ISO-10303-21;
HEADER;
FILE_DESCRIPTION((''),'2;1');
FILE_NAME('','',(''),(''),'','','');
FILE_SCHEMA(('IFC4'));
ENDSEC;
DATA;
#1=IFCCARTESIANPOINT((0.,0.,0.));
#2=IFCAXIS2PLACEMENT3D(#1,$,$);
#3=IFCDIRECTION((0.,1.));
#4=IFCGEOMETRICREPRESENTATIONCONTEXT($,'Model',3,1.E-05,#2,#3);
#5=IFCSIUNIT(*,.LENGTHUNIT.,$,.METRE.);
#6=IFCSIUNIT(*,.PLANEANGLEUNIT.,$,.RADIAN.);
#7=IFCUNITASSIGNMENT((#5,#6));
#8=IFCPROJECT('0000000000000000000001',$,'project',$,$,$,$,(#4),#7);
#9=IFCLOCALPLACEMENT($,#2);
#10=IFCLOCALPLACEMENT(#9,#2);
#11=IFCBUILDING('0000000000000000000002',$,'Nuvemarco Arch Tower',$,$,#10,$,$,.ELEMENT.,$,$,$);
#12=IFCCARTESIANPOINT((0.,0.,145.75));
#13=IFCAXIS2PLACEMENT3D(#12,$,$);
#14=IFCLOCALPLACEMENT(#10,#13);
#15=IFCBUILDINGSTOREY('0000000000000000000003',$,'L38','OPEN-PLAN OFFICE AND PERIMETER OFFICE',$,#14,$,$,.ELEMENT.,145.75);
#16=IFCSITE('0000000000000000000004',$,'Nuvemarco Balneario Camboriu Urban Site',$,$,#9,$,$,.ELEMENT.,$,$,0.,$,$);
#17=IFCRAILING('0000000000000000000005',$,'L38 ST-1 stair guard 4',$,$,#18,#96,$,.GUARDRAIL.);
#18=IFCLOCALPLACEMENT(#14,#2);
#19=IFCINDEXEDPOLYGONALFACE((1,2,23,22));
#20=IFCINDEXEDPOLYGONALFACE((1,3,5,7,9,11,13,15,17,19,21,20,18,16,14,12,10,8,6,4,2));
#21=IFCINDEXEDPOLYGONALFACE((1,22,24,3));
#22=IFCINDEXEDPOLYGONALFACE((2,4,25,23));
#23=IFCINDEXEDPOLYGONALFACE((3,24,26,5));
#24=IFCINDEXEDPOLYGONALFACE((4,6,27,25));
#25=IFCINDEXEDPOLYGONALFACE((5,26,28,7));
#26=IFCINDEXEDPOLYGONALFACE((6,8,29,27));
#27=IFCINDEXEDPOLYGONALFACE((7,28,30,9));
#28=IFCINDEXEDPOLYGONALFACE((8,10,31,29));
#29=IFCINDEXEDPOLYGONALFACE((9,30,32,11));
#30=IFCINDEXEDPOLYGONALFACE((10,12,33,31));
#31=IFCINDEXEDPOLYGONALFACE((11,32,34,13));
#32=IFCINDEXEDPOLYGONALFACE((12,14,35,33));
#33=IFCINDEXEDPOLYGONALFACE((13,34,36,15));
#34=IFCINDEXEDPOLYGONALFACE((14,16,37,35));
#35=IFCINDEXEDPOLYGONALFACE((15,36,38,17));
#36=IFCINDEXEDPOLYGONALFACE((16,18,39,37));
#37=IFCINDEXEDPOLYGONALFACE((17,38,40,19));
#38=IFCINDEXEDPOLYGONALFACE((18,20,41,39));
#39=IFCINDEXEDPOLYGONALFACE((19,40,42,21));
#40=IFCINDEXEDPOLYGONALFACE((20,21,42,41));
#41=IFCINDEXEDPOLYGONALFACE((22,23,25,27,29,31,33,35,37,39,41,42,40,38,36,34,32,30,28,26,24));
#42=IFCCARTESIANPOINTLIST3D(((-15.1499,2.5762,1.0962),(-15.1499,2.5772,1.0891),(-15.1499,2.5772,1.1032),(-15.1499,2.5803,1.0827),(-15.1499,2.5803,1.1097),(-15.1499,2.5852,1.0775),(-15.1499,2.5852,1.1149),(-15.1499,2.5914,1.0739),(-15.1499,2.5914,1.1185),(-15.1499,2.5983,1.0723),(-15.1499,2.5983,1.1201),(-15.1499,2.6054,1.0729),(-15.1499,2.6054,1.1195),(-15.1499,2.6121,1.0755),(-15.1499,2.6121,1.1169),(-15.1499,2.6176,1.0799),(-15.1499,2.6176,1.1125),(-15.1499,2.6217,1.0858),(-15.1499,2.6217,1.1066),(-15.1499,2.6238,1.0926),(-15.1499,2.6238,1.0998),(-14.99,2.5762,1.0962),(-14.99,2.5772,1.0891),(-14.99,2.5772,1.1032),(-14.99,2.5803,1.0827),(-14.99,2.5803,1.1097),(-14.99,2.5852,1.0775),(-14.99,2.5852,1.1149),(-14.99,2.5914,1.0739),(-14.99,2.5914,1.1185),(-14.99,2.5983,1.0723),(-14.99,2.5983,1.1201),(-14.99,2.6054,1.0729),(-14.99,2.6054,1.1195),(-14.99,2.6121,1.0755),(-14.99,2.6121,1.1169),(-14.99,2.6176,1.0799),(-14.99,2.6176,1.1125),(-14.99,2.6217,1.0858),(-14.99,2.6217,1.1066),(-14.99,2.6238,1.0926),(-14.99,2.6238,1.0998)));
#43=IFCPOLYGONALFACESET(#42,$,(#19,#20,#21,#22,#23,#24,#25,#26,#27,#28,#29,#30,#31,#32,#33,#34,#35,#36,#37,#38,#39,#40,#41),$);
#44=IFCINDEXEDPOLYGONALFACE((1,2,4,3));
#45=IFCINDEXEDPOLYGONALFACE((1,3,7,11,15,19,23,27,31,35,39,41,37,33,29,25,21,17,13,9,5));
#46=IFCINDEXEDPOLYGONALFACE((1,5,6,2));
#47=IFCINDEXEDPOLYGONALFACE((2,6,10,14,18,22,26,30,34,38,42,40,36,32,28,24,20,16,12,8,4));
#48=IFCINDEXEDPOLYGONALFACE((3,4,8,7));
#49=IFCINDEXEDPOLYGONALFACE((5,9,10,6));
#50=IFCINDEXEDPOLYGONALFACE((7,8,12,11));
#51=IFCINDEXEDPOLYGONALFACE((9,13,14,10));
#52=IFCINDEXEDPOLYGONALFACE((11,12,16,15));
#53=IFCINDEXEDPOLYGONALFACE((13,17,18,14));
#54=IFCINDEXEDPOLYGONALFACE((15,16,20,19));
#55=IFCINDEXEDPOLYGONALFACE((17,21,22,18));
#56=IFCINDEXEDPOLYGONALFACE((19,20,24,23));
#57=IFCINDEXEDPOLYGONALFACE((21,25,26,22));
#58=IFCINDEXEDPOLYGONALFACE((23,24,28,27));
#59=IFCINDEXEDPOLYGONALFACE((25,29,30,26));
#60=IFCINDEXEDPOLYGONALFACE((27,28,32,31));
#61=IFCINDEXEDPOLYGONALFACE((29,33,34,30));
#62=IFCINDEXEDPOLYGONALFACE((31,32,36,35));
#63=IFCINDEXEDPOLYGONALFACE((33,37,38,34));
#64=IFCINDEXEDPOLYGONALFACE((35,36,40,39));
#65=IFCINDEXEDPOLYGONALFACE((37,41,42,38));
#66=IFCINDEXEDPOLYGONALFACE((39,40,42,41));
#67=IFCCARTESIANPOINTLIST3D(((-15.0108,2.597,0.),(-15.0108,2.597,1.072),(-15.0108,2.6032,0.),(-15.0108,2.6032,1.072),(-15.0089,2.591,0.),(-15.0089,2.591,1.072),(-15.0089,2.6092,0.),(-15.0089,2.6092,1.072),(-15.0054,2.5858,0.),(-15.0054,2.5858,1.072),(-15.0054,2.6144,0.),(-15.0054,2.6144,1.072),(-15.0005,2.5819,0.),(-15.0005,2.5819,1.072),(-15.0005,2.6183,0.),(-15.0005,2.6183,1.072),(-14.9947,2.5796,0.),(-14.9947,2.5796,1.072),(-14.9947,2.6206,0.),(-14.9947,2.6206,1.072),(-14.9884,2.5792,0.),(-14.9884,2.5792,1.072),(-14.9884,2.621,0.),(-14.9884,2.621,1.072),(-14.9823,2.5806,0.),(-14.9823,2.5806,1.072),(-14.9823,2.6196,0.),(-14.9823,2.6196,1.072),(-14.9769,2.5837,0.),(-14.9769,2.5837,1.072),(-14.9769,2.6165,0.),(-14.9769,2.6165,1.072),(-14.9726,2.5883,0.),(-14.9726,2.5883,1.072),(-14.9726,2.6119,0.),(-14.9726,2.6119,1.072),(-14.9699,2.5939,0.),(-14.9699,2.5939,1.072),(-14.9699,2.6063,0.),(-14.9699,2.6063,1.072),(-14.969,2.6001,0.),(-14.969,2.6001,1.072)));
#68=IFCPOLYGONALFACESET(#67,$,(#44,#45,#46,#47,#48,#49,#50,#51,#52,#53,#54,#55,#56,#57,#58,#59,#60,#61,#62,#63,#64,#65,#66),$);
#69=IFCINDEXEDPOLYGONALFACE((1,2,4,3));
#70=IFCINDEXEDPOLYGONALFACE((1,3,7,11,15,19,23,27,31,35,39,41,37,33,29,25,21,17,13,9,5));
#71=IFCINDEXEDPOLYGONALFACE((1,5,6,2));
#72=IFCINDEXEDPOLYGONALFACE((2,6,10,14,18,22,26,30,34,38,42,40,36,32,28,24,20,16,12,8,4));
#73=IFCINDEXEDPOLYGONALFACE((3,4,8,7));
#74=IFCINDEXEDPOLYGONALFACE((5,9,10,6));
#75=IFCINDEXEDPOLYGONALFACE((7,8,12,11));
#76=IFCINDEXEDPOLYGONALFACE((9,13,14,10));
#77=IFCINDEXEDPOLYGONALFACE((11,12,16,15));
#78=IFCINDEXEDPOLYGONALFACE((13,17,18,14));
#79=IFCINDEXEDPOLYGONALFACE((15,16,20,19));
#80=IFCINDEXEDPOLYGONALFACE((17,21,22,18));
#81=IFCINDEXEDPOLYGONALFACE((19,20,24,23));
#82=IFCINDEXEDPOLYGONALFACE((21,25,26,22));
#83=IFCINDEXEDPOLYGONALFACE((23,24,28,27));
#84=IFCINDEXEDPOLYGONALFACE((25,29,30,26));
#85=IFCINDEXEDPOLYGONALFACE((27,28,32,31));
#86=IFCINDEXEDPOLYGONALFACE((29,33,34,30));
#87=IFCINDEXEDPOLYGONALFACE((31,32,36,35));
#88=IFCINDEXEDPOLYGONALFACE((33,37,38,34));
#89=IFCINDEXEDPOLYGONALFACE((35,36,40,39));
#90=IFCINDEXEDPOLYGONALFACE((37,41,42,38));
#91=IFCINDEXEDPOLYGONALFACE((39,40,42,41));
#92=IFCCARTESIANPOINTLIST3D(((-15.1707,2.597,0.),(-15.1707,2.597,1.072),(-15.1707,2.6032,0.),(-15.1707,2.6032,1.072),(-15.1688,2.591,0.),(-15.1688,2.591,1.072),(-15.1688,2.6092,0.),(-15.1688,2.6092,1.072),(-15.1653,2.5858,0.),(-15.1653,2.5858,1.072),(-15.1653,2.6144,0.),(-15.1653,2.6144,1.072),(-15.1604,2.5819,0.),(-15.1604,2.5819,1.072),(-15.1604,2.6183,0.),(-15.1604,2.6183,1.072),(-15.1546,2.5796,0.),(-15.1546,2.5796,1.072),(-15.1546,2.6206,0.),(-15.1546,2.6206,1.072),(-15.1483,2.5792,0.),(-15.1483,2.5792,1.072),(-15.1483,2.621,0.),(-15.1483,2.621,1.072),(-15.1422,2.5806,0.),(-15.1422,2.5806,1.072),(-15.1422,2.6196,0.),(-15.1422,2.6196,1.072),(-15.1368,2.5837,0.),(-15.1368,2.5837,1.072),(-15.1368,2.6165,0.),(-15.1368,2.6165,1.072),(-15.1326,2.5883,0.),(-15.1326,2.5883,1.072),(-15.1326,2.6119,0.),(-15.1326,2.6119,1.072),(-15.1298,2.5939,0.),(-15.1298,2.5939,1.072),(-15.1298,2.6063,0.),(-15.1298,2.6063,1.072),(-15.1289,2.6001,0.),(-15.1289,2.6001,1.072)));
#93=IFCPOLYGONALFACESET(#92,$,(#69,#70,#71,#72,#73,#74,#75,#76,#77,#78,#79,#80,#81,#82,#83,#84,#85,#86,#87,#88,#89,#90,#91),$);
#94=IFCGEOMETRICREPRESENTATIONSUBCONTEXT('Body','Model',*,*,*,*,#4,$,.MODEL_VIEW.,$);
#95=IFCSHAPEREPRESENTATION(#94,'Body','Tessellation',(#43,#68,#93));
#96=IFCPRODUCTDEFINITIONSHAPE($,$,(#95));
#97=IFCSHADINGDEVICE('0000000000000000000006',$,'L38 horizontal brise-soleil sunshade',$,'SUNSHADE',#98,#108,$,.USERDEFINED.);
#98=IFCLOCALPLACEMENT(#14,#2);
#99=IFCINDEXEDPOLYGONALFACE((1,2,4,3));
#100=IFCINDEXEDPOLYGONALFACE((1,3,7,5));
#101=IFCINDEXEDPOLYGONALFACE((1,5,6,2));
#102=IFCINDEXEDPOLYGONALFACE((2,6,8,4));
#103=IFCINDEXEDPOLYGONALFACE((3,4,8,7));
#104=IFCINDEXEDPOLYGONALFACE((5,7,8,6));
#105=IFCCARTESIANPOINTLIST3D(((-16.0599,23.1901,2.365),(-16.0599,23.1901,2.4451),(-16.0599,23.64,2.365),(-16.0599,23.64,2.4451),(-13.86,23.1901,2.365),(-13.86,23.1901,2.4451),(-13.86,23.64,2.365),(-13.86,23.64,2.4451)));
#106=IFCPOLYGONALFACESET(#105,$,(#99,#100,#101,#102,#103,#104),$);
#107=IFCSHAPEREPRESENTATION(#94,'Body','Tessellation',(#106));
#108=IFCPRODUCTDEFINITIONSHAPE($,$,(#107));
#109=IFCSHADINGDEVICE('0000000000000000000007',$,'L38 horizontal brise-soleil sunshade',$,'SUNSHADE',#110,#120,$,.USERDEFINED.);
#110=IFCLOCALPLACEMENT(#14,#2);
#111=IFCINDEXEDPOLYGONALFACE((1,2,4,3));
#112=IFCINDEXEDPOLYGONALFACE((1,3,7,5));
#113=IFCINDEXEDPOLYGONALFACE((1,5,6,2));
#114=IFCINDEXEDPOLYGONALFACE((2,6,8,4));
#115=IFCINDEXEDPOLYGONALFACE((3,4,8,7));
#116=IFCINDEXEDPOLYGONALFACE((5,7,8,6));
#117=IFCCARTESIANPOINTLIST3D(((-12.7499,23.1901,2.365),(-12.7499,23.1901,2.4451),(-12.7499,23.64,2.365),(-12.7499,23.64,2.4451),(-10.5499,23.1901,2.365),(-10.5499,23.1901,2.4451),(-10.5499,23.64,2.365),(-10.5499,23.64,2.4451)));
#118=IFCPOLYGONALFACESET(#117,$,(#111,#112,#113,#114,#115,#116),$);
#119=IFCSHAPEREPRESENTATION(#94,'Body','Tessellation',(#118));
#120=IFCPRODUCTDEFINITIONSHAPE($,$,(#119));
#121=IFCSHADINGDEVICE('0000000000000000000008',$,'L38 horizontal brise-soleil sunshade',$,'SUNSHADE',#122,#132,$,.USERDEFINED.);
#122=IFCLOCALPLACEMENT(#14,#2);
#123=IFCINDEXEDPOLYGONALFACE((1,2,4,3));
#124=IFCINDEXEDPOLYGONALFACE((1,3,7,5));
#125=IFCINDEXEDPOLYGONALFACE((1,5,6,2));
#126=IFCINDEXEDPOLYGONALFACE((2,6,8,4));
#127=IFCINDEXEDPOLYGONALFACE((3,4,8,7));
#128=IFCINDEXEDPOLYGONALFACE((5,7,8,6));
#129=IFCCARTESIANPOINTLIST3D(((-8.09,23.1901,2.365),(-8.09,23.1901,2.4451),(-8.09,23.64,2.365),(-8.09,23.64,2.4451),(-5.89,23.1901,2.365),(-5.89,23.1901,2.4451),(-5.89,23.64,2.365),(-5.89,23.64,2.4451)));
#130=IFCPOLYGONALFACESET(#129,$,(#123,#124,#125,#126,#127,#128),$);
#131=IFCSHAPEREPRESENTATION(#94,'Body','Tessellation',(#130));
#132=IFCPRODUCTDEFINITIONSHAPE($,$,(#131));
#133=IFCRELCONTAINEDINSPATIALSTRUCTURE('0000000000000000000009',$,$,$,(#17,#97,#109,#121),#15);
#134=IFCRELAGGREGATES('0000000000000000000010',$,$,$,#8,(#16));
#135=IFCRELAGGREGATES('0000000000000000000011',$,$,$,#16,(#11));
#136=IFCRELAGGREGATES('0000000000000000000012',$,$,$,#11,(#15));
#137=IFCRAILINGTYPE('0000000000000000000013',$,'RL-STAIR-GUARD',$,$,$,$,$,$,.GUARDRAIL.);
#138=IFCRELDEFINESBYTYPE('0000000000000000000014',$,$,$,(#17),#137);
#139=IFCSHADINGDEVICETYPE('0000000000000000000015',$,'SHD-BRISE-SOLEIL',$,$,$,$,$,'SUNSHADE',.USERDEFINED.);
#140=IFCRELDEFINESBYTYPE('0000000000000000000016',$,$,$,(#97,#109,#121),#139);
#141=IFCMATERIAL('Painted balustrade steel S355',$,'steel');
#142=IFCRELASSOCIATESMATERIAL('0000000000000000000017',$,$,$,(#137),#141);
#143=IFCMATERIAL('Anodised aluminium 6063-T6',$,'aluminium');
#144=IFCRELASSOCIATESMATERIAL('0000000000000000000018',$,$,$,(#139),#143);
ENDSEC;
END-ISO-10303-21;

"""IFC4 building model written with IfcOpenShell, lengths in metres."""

from ifc_helpers import new_model, si_unit, direction, frame, origin, origin_2d, place, context, subcontext, project, spatial, rectangle, circle, extrude, source, transform, mapped, material, type_object, type_shapes, element, save


model = new_model("IFC4")

# Units and contexts
model_context = context("Model", 3, precision=1e-05, world=origin(), true_north=direction((0.0, 1.0)))
body_context = subcontext(model_context, "Body", "Model", "MODEL_VIEW")
ifc_project = project(units=[si_unit("LENGTHUNIT", "METRE"), si_unit("PLANEANGLEUNIT", "RADIAN")], contexts=[model_context])

# Site, building, storey
site_placement = place(None, origin())
site = spatial("IfcSite", under=ifc_project, at=site_placement, Name="Nuvemarco Balneario Camboriu Urban Site", CompositionType="ELEMENT", RefElevation=0.0)
building_placement = place(site_placement, origin())
building = spatial("IfcBuilding", under=site, at=building_placement, Name="Nuvemarco Arch Tower", CompositionType="ELEMENT")
storey_placement = place(building_placement, frame((0.0, 0.0, 145.75)))
storey = spatial("IfcBuildingStorey", under=building, at=storey_placement, Name="L38", Description="OPEN-PLAN OFFICE AND PERIMETER OFFICE", CompositionType="ELEMENT", Elevation=145.75)

# Railing
ifc_material_1 = material(Name="Painted balustrade steel S355", Category="steel")
railing_type_1 = type_object("IfcRailingType", Name="RL-STAIR-GUARD", PredefinedType="GUARDRAIL", material=ifc_material_1)
railing_1_placement = place(storey_placement, frame((-14.99, 2.6001, 0.0)))
element("IfcRailing", 1, at=railing_1_placement, inside=storey, type_object=railing_type_1, Name="L38 ST-1 stair guard 4", PredefinedType="GUARDRAIL", context=body_context, shape_type="SweptSolid", body=[
    extrude(circle(Radius=0.0239, at=origin_2d()), frame((0.0, 0.0, 1.0962), z_axis=(-1.0, 0.0, 0.0), x_axis=(0.0, -1.0, 0.0)), (0.0, 0.0, 1.0), 0.1599),
    extrude(circle(Radius=0.021, at=origin_2d()), origin(), (0.0, 0.0, 1.0), 1.072),
    extrude(circle(Radius=0.021, at=origin_2d()), frame((-0.1599, 0.0, 0.0)), (0.0, 0.0, 1.0), 1.072),
])

# Shading devices
ifc_material_2 = material(Name="Anodised aluminium 6063-T6", Category="aluminium")
shading_device_type = type_object("IfcShadingDeviceType", Name="SHD-BRISE-SOLEIL", ElementType="SUNSHADE", PredefinedType="USERDEFINED", material=ifc_material_2)
shared_shape_1 = source(origin(), body_context, "Body", "SweptSolid", [
    extrude(rectangle(XDim=2.2, YDim=0.45, at=origin_2d()), origin(), (0.0, 0.0, 1.0), 0.0801),
])
type_shapes(shading_device_type, [shared_shape_1])
for number, where, z_axis, x_axis, name in (
    (2, (-14.96, 23.415, 2.365), (0.0, 0.0, 1.0), (1.0, 0.0, 0.0), "L38 horizontal brise-soleil sunshade"),
    (3, (-11.6499, 23.415, 2.365), (0.0, 0.0, 1.0), (1.0, 0.0, 0.0), "L38 horizontal brise-soleil sunshade"),
    (4, (-6.99, 23.415, 2.365), (0.0, 0.0, 1.0), (1.0, 0.0, 0.0), "L38 horizontal brise-soleil sunshade"),
):
    element("IfcShadingDevice", number, at=place(storey_placement, frame(where, z_axis=z_axis, x_axis=x_axis)), inside=storey, type_object=shading_device_type, Name=name, ObjectType="SUNSHADE", PredefinedType="USERDEFINED", context=body_context, shape_type="MappedRepresentation", body=[
        mapped(shared_shape_1, transform((0.0, 0.0, 0.0), scale=1.0)),
    ])

save(model, "model.ifc")
